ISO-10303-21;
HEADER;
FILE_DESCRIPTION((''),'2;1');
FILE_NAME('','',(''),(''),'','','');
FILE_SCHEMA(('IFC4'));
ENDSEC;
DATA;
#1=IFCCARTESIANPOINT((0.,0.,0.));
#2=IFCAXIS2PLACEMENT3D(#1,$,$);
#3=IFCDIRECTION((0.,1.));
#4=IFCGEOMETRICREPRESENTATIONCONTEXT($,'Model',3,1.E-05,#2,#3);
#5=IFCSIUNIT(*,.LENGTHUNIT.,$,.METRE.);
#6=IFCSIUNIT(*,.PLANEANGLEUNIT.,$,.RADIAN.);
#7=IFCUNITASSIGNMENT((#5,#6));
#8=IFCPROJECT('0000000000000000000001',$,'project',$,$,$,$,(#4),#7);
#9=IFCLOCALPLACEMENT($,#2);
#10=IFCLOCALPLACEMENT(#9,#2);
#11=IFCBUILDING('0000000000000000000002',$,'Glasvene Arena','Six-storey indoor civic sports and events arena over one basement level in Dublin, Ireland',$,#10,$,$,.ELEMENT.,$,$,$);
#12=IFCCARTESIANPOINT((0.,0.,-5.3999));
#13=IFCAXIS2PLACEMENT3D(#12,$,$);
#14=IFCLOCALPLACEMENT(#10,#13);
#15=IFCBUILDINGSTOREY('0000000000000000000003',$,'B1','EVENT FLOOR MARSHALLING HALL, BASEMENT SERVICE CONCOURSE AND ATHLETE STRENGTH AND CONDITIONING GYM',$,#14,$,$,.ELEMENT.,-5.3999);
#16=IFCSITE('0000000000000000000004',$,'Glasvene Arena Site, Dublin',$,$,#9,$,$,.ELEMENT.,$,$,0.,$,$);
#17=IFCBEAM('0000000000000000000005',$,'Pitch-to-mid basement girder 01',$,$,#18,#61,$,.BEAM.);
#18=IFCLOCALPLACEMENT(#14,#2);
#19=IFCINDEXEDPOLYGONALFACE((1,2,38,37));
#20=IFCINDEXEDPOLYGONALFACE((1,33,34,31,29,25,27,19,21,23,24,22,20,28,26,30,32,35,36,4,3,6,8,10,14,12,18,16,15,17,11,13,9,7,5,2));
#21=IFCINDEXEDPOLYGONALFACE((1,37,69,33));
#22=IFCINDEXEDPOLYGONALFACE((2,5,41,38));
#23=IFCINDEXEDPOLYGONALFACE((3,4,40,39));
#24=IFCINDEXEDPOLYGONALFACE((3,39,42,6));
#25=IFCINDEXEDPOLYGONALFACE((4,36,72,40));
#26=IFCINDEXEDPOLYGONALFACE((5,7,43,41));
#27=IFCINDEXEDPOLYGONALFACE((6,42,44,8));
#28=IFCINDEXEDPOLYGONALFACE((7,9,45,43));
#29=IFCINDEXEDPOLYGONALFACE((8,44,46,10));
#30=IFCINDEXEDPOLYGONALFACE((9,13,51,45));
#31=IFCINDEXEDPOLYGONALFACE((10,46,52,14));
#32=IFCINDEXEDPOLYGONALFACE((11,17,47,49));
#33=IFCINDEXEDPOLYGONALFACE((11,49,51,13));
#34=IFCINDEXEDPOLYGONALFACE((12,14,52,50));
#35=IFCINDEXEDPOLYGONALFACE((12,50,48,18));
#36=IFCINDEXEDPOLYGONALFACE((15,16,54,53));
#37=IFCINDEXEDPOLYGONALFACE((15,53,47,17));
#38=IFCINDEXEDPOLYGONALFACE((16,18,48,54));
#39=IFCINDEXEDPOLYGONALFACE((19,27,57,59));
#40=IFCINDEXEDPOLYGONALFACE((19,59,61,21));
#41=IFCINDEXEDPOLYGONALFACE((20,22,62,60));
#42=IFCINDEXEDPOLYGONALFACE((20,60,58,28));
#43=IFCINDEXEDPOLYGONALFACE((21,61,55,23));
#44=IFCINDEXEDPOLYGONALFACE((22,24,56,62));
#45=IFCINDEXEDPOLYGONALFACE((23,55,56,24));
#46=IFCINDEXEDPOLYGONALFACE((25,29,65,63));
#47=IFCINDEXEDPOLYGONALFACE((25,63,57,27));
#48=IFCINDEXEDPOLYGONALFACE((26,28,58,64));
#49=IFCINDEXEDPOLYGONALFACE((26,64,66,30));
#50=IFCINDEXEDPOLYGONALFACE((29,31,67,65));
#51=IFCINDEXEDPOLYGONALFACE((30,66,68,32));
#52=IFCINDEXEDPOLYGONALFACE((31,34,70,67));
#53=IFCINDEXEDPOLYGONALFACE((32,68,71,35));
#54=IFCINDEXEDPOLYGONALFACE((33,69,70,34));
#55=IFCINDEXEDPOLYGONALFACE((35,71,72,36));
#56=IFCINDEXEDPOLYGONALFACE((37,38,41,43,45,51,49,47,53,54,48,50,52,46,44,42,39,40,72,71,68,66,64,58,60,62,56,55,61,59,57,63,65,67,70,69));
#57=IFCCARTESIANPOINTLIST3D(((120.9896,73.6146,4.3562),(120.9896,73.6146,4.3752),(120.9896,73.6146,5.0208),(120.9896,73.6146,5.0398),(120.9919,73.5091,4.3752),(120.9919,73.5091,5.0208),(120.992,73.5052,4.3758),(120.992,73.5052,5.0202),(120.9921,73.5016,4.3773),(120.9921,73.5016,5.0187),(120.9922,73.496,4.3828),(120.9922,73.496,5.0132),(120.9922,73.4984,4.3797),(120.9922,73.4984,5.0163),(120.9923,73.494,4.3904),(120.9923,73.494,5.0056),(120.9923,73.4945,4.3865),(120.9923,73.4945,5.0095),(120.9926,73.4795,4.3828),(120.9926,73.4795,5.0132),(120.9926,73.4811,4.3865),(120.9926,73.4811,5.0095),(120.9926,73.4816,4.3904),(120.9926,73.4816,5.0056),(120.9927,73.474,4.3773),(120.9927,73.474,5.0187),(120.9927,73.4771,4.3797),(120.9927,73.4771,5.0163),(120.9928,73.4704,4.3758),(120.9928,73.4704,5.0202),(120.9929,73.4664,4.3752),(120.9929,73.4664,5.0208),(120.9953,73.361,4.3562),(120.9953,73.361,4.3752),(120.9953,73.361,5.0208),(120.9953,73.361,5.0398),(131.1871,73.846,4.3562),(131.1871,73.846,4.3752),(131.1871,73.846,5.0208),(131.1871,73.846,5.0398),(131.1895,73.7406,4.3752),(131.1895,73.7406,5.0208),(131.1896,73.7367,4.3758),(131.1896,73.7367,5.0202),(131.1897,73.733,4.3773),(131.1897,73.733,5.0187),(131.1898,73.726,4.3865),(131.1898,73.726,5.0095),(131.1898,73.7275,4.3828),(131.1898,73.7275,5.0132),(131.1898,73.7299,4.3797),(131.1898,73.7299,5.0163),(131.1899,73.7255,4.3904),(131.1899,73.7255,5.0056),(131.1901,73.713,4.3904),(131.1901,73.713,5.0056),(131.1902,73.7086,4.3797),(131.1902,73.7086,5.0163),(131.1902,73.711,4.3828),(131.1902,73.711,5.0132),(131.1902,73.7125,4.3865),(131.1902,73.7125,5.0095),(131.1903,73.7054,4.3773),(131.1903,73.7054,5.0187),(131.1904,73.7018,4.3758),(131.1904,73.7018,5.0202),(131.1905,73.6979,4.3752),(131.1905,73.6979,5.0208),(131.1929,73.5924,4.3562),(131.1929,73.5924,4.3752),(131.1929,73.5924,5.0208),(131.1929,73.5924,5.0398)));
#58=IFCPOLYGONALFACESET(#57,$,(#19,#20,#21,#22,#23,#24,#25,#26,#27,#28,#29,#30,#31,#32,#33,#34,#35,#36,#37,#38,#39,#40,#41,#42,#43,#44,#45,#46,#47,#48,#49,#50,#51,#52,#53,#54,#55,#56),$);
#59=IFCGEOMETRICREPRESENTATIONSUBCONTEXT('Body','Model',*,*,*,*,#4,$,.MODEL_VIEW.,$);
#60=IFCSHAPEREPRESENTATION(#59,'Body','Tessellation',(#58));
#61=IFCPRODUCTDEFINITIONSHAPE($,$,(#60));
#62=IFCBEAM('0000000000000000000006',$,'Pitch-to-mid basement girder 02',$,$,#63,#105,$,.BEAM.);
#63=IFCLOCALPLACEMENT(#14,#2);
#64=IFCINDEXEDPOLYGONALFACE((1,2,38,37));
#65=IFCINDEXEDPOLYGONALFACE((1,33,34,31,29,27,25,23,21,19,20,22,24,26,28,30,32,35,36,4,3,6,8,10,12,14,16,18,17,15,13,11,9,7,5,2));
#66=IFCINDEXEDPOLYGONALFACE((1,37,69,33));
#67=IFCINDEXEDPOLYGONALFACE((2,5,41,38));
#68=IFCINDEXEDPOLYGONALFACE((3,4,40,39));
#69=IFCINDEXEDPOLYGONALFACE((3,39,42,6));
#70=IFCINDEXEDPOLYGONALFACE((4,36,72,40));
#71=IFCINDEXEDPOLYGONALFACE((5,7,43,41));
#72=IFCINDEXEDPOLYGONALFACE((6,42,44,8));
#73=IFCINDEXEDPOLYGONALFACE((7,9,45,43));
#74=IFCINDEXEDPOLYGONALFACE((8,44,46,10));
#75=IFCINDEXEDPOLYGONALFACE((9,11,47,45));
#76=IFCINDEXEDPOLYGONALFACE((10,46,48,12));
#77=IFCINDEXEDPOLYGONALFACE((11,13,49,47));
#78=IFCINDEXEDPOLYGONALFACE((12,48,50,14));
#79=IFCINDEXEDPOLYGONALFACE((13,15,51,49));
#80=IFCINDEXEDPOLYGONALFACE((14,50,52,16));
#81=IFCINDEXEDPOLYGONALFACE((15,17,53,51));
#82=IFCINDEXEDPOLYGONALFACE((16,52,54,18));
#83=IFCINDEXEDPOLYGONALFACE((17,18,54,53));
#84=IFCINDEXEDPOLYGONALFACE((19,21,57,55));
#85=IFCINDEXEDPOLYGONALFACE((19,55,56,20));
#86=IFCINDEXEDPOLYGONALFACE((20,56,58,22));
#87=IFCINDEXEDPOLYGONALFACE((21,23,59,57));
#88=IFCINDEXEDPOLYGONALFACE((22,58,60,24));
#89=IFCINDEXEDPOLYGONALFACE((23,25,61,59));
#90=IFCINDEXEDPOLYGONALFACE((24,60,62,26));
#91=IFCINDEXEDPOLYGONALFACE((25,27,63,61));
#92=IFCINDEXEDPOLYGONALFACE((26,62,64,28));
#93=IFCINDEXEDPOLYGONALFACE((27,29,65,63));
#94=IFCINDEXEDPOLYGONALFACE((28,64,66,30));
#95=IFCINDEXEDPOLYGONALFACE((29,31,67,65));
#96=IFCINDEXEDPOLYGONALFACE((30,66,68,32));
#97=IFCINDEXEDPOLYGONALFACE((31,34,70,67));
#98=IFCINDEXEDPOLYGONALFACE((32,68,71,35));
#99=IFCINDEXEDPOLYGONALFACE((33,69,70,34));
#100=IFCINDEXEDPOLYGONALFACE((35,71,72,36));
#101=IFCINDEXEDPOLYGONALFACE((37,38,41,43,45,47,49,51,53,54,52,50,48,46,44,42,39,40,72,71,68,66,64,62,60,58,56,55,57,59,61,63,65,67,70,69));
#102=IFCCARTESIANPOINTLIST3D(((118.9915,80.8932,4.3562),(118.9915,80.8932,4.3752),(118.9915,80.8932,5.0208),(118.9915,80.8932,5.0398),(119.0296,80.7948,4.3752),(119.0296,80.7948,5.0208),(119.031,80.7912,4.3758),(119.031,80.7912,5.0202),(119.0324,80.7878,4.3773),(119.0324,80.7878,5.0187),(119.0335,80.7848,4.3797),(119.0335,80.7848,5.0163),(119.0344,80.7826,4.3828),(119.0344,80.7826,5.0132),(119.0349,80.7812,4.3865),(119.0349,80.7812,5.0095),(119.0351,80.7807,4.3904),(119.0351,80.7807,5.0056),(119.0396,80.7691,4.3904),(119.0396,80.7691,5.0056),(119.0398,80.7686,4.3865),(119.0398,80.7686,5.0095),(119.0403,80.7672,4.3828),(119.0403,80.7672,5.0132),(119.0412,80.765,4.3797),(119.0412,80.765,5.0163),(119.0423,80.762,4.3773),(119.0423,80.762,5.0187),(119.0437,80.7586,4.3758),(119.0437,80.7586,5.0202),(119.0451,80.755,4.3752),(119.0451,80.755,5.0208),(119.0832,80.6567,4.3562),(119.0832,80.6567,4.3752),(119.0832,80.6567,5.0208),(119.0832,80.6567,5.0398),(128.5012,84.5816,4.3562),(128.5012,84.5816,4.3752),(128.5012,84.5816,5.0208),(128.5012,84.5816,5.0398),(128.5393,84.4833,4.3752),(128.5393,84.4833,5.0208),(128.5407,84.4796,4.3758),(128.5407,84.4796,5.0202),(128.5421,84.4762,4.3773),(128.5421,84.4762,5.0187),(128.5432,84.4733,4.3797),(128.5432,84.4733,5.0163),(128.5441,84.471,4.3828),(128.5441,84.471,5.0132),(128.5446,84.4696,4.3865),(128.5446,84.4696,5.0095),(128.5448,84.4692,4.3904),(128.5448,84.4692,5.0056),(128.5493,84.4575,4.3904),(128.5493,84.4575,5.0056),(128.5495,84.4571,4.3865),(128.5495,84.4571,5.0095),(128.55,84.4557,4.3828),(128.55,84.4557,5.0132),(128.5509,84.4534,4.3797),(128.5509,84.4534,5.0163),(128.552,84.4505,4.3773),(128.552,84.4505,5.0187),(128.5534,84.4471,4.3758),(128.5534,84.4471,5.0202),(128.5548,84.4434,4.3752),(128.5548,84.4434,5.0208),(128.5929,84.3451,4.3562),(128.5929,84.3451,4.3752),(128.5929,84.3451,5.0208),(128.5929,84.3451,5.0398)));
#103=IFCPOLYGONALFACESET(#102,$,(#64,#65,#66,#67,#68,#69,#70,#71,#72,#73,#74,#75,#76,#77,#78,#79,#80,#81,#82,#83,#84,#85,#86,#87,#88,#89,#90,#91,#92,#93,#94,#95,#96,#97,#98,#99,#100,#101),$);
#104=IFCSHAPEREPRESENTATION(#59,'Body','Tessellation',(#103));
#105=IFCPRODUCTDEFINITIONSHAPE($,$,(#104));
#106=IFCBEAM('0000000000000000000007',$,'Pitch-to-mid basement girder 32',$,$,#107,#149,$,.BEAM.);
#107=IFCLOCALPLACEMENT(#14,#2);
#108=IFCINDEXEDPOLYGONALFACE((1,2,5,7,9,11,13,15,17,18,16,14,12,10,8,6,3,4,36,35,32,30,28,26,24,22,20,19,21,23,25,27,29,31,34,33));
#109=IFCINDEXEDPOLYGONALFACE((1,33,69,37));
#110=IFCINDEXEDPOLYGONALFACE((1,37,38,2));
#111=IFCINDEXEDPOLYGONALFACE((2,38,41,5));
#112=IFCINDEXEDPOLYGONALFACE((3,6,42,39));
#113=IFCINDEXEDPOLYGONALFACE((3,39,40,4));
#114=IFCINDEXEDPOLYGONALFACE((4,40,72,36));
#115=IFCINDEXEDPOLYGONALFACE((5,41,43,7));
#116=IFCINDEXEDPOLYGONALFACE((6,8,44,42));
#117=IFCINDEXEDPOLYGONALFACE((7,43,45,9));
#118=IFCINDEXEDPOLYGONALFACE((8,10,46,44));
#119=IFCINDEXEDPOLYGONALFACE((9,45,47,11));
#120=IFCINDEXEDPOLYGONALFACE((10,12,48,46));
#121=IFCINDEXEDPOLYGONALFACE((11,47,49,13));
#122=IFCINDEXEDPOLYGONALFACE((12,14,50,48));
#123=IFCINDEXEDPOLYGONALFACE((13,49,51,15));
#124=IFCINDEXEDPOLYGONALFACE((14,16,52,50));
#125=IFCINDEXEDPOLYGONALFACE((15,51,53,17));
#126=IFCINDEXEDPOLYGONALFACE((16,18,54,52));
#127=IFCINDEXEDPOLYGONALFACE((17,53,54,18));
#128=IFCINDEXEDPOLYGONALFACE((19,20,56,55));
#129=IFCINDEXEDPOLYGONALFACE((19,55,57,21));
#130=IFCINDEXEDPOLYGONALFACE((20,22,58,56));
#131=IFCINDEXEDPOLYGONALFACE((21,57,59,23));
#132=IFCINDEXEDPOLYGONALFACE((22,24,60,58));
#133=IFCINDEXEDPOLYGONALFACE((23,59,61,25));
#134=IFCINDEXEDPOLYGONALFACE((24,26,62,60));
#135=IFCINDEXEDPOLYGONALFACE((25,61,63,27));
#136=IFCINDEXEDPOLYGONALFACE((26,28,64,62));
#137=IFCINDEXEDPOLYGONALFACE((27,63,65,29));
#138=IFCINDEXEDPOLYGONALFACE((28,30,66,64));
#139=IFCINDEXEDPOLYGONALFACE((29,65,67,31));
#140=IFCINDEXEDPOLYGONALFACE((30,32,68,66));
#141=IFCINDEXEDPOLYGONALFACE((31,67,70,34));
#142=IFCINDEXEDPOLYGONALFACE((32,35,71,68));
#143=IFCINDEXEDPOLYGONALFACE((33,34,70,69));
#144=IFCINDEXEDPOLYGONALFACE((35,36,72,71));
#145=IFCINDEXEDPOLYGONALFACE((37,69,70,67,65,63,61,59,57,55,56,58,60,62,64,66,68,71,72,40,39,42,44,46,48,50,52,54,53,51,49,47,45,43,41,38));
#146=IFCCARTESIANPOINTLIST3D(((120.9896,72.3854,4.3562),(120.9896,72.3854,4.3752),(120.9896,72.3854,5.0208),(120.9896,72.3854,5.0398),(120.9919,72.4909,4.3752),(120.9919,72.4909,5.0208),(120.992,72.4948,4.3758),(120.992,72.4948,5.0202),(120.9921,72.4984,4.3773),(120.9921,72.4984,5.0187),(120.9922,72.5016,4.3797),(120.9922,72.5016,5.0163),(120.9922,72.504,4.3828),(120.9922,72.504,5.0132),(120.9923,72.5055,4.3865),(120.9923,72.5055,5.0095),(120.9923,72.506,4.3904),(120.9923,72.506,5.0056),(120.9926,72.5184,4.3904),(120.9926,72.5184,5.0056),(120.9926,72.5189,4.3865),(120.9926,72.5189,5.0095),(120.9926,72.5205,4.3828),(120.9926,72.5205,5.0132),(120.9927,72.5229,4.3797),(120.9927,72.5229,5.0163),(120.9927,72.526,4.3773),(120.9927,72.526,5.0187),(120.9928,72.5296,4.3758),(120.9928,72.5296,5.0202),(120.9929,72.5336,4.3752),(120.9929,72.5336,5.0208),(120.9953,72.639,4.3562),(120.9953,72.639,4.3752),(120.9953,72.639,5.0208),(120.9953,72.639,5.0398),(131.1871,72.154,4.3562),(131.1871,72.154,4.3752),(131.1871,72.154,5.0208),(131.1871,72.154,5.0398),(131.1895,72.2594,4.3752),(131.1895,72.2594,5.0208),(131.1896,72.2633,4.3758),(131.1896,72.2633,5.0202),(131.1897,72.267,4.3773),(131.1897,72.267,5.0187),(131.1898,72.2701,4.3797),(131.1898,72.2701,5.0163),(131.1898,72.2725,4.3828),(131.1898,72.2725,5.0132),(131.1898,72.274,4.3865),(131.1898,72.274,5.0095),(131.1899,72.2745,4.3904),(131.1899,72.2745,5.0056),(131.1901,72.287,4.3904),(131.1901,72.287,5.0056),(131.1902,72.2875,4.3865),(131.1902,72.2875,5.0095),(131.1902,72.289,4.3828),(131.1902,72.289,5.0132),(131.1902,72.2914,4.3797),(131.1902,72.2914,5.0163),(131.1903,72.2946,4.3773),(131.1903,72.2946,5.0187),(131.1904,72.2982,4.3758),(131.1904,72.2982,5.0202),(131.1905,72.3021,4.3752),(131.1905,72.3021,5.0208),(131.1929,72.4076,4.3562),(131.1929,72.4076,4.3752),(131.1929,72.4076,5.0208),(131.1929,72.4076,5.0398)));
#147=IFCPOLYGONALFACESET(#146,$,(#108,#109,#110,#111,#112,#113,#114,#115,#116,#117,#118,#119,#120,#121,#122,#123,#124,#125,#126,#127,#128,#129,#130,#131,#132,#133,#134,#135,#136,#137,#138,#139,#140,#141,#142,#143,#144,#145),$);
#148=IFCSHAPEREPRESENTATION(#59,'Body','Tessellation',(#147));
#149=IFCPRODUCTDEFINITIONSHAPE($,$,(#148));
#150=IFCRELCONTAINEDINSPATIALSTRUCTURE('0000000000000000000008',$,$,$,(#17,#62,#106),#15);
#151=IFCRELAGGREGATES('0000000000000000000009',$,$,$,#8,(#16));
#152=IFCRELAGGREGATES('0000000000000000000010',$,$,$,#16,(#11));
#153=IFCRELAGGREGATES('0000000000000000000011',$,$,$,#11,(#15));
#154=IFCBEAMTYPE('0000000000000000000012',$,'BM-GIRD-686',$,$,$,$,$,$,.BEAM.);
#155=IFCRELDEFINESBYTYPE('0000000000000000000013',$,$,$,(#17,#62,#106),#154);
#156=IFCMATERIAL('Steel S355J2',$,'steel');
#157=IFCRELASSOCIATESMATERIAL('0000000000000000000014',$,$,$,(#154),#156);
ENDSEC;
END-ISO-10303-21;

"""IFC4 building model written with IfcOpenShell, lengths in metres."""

from ifc_helpers import new_model, si_unit, direction, frame, origin, origin_2d, place, context, subcontext, project, spatial, i_section, extrude, material, material_profile, profile_set, type_object, element, save


model = new_model("IFC4")

# Units and contexts
model_context = context("Model", 3, precision=1e-05, world=origin(), true_north=direction((0.0, 1.0)))
body_context = subcontext(model_context, "Body", "Model", "MODEL_VIEW")
ifc_project = project(units=[si_unit("LENGTHUNIT", "METRE"), si_unit("PLANEANGLEUNIT", "RADIAN")], contexts=[model_context])

# Site, building, storey
site_placement = place(None, origin())
site = spatial("IfcSite", under=ifc_project, at=site_placement, Name="Glasvene Arena Site, Dublin", CompositionType="ELEMENT", RefElevation=0.0)
building_placement = place(site_placement, origin())
building = spatial("IfcBuilding", under=site, at=building_placement, Name="Glasvene Arena", Description="Six-storey indoor civic sports and events arena over one basement level in Dublin, Ireland", CompositionType="ELEMENT")
storey_placement = place(building_placement, frame((0.0, 0.0, -5.3999)))
storey = spatial("IfcBuildingStorey", under=building, at=storey_placement, Name="B1", Description="EVENT FLOOR MARSHALLING HALL, BASEMENT SERVICE CONCOURSE AND ATHLETE STRENGTH AND CONDITIONING GYM", CompositionType="ELEMENT", Elevation=-5.3999)

# Beams
ifc_material_1 = material(Name="Steel S355J2", Category="steel")
ifc_material_profile_1 = material_profile(ifc_material_1, i_section(OverallWidth=0.2537, OverallDepth=0.6836, WebThickness=0.0125, FlangeThickness=0.019, FilletRadius=0.0151, at=origin_2d()), Name="UKB 686x254x140")
ifc_profile_set_1 = profile_set([ifc_material_profile_1], Name="Steel S355J2")
beam_type_1 = type_object("IfcBeamType", Name="BM-GIRD-686", PredefinedType="BEAM", material=ifc_profile_set_1)
beam_1_placement = place(storey_placement, frame((120.9924, 73.4878, 4.698), z_axis=(0.999743, 0.02269, 0.0), x_axis=(-0.02269, 0.999743, 0.0)))
element("IfcBeam", 1, at=beam_1_placement, inside=storey, type_object=beam_type_1, Name="Pitch-to-mid basement girder 01", PredefinedType="BEAM", context=body_context, shape_type="SweptSolid", body=[
    extrude(i_section(OverallWidth=0.2537, OverallDepth=0.6836, WebThickness=0.0125, FlangeThickness=0.019, FilletRadius=0.0151, at=origin_2d()), origin(), (0.0, 0.0, 1.0), 10.2002),
])
beam_2_placement = place(storey_placement, frame((119.0374, 80.7749, 4.698), z_axis=(0.932328, 0.361614, 0.0), x_axis=(-0.361614, 0.932328, 0.0)))
element("IfcBeam", 2, at=beam_2_placement, inside=storey, type_object=beam_type_1, Name="Pitch-to-mid basement girder 02", PredefinedType="BEAM", context=body_context, shape_type="SweptSolid", body=[
    extrude(i_section(OverallWidth=0.2537, OverallDepth=0.6836, WebThickness=0.0125, FlangeThickness=0.019, FilletRadius=0.0151, at=origin_2d()), origin(), (0.0, 0.0, 1.0), 10.2),
])
beam_3_placement = place(storey_placement, frame((120.9924, 72.5122, 4.698), z_axis=(0.999743, -0.02269, 0.0), x_axis=(0.02269, 0.999743, 0.0)))
element("IfcBeam", 3, at=beam_3_placement, inside=storey, type_object=beam_type_1, Name="Pitch-to-mid basement girder 32", PredefinedType="BEAM", context=body_context, shape_type="SweptSolid", body=[
    extrude(i_section(OverallWidth=0.2537, OverallDepth=0.6836, WebThickness=0.0125, FlangeThickness=0.019, FilletRadius=0.0151, at=origin_2d()), origin(), (0.0, 0.0, 1.0), 10.2002),
])

save(model, "model.ifc")
